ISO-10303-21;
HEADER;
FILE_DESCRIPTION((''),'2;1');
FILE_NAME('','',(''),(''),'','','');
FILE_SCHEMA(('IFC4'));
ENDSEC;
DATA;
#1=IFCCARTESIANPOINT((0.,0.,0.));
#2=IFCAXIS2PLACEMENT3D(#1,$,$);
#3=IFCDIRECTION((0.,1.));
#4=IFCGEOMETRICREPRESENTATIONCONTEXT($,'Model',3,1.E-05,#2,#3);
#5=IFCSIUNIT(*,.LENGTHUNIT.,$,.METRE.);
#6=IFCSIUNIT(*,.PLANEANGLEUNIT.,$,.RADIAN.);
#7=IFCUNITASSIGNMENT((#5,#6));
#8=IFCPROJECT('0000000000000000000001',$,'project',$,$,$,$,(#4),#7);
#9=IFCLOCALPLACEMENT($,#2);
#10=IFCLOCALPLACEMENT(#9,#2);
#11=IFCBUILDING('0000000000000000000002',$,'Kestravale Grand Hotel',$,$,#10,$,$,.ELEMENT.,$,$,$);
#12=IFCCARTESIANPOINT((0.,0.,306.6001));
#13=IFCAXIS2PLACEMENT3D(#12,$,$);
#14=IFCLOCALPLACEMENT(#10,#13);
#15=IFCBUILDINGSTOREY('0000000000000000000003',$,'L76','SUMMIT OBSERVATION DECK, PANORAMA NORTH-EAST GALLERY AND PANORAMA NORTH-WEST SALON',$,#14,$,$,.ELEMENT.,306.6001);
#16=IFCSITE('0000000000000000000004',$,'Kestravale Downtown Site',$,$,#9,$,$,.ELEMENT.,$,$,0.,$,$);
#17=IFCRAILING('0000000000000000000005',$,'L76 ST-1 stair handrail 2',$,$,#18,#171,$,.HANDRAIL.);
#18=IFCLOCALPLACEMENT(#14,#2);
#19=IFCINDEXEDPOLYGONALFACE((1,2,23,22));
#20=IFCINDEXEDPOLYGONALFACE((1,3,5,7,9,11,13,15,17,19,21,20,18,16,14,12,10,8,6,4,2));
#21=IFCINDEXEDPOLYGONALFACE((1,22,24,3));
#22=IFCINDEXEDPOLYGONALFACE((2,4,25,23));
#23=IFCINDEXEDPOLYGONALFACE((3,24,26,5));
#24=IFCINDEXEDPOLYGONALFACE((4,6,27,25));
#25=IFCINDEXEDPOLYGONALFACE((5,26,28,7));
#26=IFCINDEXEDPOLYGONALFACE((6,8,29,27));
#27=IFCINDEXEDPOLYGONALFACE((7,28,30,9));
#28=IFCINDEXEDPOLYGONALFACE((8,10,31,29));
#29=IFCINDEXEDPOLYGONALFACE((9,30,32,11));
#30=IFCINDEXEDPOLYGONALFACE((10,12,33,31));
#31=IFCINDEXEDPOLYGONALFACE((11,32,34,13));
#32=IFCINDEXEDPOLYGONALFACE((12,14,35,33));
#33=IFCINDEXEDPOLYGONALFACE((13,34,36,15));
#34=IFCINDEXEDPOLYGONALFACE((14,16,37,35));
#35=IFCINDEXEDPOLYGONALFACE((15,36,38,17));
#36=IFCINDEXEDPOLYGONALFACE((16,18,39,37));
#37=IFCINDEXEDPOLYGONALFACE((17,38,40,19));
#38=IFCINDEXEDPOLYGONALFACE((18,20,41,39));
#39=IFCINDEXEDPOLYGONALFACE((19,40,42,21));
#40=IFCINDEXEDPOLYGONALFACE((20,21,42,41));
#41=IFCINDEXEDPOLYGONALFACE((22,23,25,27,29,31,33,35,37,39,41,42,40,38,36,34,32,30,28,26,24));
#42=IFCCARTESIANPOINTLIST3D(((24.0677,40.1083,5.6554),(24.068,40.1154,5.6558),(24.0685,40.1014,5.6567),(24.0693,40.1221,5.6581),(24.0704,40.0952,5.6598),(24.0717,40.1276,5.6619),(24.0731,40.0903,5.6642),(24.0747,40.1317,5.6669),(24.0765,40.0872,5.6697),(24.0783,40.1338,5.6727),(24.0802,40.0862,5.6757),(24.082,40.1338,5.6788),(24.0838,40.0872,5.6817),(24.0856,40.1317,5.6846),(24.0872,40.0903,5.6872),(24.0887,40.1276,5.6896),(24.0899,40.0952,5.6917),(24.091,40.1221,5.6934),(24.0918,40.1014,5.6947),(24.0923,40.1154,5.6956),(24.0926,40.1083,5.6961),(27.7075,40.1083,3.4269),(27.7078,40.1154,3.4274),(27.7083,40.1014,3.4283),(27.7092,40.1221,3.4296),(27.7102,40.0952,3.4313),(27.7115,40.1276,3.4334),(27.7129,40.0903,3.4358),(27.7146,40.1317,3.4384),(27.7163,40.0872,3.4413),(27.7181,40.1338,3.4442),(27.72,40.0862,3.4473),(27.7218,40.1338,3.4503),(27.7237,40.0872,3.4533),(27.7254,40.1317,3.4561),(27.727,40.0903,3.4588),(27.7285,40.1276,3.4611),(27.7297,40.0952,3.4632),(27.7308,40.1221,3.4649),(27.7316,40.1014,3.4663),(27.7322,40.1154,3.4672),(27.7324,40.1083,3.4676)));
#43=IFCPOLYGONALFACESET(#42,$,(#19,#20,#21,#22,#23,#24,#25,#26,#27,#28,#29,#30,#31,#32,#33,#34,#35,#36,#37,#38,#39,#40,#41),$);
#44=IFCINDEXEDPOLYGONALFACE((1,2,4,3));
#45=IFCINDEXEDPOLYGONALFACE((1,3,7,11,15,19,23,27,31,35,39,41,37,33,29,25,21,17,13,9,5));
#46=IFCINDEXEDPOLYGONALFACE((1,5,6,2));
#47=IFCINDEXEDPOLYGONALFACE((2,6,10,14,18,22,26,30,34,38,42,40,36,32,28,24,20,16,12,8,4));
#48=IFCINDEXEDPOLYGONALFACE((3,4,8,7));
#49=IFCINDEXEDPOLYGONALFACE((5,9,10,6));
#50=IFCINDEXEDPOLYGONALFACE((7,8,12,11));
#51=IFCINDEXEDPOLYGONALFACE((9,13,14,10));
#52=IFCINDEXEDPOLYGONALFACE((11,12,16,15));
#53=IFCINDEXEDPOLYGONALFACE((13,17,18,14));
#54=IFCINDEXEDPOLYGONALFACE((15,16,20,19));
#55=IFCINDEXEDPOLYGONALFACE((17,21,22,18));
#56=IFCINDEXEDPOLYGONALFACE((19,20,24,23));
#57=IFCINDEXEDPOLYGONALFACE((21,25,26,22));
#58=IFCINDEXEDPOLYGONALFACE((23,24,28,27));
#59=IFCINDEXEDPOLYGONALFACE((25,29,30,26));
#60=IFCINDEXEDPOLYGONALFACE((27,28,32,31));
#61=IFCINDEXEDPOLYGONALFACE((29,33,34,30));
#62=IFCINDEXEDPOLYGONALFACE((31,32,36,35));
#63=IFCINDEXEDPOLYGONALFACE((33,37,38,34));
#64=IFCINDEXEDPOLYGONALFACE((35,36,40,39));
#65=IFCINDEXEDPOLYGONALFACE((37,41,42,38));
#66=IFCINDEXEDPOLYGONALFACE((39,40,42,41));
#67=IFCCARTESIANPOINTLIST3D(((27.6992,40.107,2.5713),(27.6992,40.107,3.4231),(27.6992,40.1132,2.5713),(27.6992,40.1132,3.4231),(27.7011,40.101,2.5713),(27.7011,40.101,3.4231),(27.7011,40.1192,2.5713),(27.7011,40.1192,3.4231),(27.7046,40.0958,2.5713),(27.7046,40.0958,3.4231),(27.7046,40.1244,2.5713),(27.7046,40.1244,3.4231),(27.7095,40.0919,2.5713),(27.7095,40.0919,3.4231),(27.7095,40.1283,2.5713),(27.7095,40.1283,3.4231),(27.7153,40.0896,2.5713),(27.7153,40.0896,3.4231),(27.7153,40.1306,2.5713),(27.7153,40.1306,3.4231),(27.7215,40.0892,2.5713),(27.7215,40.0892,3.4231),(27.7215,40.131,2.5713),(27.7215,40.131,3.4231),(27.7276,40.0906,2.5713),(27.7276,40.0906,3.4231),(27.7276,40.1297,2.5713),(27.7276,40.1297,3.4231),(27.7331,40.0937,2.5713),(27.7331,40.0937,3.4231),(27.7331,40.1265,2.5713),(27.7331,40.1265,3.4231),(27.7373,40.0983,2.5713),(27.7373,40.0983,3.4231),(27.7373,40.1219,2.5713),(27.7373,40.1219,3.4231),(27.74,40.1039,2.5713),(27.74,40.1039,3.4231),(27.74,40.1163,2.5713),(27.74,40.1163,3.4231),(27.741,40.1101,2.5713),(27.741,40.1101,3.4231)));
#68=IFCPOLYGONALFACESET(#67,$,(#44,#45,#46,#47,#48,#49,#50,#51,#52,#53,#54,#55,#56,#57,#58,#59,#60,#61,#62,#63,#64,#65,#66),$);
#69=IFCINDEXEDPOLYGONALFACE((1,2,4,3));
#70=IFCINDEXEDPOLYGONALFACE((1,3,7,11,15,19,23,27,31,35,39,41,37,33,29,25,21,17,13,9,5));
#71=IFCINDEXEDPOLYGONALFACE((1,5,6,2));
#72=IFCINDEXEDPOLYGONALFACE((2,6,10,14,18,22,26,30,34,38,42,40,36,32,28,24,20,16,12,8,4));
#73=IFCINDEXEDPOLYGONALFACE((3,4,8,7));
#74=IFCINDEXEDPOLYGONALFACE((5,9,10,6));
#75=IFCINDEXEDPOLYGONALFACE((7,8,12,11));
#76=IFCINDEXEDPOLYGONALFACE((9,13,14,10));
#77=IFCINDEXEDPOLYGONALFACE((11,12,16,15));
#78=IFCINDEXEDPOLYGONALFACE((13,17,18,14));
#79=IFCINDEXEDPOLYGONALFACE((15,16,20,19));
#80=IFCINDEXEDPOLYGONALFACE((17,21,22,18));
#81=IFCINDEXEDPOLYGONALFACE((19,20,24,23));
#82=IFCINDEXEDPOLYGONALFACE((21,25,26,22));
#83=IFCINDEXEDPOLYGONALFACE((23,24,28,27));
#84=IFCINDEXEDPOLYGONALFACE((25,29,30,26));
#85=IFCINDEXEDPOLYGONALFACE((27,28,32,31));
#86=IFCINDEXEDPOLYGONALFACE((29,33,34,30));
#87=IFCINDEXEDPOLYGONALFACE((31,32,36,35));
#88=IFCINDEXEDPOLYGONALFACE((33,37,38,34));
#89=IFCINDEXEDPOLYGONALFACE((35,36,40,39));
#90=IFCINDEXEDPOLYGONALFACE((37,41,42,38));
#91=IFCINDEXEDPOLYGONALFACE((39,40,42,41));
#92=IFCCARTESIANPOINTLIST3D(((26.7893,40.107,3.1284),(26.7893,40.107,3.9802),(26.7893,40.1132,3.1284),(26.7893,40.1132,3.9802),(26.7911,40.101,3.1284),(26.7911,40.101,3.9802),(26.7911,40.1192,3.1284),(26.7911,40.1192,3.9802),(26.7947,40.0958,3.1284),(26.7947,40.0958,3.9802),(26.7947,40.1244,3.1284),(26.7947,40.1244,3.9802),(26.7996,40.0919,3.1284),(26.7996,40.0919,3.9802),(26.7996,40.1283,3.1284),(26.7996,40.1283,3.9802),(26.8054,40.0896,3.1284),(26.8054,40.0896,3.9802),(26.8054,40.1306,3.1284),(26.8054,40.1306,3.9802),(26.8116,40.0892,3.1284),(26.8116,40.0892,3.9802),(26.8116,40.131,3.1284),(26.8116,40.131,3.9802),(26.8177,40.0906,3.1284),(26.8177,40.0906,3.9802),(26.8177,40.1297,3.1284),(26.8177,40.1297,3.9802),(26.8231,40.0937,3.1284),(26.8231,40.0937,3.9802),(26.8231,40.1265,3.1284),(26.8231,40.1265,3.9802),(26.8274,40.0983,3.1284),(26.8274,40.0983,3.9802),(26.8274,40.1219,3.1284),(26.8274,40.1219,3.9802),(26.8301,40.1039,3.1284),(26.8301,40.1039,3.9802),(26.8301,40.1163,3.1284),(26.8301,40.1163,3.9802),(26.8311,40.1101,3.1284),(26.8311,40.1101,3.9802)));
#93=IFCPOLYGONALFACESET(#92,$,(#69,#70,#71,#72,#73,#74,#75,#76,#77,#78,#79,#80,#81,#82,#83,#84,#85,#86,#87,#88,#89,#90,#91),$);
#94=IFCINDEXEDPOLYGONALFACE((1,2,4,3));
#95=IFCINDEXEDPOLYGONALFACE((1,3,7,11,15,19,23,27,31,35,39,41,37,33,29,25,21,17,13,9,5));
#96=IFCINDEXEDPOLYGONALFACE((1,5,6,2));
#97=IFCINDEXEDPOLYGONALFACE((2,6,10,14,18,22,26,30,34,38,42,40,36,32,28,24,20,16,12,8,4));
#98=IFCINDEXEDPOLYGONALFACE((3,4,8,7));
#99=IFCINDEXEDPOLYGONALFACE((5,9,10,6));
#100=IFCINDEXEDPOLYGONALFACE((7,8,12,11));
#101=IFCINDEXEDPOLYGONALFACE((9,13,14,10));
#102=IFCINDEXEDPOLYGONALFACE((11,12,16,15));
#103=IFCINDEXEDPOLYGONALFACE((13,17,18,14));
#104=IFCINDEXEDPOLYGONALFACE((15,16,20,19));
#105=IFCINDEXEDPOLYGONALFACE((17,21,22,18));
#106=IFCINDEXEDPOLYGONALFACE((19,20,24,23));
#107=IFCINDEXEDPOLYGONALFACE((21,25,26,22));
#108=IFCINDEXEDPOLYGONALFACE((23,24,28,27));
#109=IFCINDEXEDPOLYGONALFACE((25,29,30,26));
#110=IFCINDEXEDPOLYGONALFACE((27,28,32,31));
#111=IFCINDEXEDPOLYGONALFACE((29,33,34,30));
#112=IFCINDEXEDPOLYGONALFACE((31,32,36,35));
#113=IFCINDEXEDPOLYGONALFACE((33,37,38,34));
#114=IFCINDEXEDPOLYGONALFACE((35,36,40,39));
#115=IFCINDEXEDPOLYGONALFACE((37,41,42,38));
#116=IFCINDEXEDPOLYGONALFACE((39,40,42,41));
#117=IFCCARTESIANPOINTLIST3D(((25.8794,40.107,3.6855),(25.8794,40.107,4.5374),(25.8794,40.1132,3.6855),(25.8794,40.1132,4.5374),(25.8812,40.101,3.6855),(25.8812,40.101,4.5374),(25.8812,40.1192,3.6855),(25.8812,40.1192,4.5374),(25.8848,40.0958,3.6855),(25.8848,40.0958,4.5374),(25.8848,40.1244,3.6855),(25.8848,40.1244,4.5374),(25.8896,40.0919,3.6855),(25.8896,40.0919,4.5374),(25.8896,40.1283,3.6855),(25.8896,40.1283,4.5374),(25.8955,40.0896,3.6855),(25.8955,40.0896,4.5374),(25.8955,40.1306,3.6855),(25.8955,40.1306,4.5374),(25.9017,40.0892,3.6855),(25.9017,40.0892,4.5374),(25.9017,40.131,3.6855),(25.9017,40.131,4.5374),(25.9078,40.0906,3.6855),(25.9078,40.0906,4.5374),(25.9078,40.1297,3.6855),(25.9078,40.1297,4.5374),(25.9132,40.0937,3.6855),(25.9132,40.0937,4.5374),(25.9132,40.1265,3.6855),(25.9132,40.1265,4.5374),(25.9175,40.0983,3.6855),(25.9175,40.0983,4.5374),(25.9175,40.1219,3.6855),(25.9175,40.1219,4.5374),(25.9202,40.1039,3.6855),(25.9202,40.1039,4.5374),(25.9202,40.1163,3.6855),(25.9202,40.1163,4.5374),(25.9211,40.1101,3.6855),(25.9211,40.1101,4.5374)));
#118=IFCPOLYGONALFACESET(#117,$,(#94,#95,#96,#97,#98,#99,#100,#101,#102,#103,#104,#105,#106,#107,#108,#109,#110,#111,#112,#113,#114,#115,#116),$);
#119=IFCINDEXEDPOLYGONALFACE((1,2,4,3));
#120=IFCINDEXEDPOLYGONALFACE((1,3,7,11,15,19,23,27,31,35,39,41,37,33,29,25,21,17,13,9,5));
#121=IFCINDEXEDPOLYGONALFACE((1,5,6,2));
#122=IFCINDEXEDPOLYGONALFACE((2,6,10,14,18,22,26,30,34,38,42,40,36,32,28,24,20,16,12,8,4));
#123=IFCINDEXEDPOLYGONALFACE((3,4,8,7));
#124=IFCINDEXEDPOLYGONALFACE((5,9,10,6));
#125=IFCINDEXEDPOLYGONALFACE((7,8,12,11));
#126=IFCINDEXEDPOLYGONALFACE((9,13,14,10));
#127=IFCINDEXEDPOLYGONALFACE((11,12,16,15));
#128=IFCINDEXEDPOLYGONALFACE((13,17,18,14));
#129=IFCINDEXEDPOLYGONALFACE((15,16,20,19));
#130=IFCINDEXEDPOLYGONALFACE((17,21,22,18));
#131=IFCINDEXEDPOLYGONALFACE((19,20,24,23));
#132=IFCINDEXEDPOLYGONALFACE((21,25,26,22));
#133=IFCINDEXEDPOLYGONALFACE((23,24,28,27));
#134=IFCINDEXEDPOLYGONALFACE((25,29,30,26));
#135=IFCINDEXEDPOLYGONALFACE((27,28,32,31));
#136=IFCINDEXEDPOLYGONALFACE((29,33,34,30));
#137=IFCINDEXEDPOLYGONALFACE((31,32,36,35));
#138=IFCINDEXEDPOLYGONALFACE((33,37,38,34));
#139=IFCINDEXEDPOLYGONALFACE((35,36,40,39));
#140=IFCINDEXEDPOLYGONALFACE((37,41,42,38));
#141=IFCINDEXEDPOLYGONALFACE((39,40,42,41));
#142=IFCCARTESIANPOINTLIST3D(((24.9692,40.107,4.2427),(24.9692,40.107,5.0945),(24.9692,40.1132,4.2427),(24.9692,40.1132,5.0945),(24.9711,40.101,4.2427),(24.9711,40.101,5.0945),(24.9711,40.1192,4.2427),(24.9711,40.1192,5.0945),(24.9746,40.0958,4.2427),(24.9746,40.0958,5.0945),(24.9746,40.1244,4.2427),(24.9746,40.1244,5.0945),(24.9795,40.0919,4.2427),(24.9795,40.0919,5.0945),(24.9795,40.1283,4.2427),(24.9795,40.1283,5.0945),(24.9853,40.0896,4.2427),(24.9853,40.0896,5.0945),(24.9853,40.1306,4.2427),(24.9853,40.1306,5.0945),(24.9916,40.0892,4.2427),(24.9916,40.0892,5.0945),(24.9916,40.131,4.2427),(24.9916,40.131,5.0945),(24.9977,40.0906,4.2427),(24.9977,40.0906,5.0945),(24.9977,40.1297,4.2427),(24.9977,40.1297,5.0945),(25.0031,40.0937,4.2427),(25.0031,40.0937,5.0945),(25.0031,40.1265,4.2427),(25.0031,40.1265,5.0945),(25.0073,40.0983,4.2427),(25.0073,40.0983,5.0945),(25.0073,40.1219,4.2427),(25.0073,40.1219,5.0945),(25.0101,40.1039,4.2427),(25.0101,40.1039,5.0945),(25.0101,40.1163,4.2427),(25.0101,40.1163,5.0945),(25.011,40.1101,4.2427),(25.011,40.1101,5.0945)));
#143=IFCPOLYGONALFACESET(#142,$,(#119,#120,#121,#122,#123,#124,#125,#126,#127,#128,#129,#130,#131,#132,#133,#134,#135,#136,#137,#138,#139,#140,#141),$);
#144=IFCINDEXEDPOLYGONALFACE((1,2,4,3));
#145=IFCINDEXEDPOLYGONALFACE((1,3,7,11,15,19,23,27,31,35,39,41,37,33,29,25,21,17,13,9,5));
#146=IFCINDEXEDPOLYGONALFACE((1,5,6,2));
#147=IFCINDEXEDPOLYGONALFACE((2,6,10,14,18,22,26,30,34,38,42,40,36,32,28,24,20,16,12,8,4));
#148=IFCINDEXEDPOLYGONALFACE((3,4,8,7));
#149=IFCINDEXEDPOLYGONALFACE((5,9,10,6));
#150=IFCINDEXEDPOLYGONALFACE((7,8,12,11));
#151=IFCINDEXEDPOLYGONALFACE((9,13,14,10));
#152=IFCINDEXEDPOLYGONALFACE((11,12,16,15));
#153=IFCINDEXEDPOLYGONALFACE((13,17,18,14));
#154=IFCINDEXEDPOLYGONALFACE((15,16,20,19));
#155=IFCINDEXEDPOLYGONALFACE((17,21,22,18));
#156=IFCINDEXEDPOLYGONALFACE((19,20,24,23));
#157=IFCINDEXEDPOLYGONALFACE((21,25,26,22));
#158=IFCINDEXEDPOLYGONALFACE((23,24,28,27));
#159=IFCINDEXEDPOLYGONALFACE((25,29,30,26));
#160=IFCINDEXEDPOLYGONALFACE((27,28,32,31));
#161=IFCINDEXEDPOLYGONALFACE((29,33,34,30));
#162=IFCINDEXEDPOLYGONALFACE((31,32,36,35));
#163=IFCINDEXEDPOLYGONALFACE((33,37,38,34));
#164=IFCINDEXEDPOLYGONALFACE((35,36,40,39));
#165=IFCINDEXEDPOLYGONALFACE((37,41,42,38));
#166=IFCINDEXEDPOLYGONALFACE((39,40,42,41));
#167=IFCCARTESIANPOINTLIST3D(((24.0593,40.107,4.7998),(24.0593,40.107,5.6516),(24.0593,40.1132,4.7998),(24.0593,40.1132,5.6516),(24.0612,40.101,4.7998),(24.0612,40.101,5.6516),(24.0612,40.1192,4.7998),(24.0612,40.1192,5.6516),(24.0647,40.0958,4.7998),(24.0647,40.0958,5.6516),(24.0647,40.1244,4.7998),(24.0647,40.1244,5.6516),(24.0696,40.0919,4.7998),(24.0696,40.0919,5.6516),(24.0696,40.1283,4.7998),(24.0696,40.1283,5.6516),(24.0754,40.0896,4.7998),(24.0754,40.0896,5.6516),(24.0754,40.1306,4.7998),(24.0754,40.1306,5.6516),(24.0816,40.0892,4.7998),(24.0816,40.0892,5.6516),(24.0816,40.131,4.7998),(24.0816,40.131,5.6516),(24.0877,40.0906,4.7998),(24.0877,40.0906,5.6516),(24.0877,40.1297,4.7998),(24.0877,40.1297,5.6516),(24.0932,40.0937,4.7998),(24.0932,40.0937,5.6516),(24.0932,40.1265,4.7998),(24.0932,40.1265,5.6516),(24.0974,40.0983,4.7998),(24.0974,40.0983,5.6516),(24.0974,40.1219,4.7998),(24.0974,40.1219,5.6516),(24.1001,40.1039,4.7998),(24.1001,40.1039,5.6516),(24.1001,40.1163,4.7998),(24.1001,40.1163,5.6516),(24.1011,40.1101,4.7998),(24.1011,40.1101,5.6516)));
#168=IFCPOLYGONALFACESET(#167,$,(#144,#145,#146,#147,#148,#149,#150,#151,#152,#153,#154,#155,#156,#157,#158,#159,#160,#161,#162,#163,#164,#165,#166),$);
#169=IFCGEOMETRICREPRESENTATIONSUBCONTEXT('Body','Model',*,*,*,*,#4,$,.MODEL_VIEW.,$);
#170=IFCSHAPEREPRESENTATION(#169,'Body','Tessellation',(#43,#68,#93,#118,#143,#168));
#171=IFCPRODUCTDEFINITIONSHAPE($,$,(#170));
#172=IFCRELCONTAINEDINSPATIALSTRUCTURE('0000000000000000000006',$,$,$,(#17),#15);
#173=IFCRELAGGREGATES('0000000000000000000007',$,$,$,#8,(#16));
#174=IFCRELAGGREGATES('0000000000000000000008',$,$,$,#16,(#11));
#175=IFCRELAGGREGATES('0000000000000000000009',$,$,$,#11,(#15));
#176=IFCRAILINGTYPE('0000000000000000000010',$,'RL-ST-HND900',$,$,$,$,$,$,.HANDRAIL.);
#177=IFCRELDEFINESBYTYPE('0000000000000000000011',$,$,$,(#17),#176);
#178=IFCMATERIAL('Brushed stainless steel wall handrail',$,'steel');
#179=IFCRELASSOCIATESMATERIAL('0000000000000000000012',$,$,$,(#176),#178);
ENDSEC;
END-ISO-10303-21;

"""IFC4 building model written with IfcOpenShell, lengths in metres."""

from ifc_helpers import new_model, si_unit, direction, frame, origin, origin_2d, place, context, subcontext, project, spatial, circle, extrude, material, type_object, element, save


model = new_model("IFC4")

# Units and contexts
model_context = context("Model", 3, precision=1e-05, world=origin(), true_north=direction((0.0, 1.0)))
body_context = subcontext(model_context, "Body", "Model", "MODEL_VIEW")
ifc_project = project(units=[si_unit("LENGTHUNIT", "METRE"), si_unit("PLANEANGLEUNIT", "RADIAN")], contexts=[model_context])

# Site, building, storey
site_placement = place(None, origin())
site = spatial("IfcSite", under=ifc_project, at=site_placement, Name="Kestravale Downtown Site", CompositionType="ELEMENT", RefElevation=0.0)
building_placement = place(site_placement, origin())
building = spatial("IfcBuilding", under=site, at=building_placement, Name="Kestravale Grand Hotel", CompositionType="ELEMENT")
storey_placement = place(building_placement, frame((0.0, 0.0, 306.6001)))
storey = spatial("IfcBuildingStorey", under=building, at=storey_placement, Name="L76", Description="SUMMIT OBSERVATION DECK, PANORAMA NORTH-EAST GALLERY AND PANORAMA NORTH-WEST SALON", CompositionType="ELEMENT", Elevation=306.6001)

# Railing
ifc_material_1 = material(Name="Brushed stainless steel wall handrail", Category="steel")
railing_type_1 = type_object("IfcRailingType", Name="RL-ST-HND900", PredefinedType="HANDRAIL", material=ifc_material_1)
railing_1_placement = place(storey_placement, frame((27.72, 40.1101, 2.5713)))
element("IfcRailing", 1, at=railing_1_placement, inside=storey, type_object=railing_type_1, Name="L76 ST-1 stair handrail 2", PredefinedType="HANDRAIL", context=body_context, shape_type="SweptSolid", body=[
    extrude(circle(Radius=0.0239, at=origin_2d()), frame((0.0, 0.0, 0.876), z_axis=(-0.85285, 0.0, 0.522156), x_axis=(0.0, -1.0, 0.0)), (0.0, 0.0, 1.0), 4.2678),
    extrude(circle(Radius=0.021, at=origin_2d()), origin(), (0.0, 0.0, 1.0), 0.8518),
    extrude(circle(Radius=0.021, at=origin_2d()), frame((-0.9099, 0.0, 0.5571)), (0.0, 0.0, 1.0), 0.8518),
    extrude(circle(Radius=0.021, at=origin_2d()), frame((-1.8198, 0.0, 1.1143)), (0.0, 0.0, 1.0), 0.8518),
    extrude(circle(Radius=0.021, at=origin_2d()), frame((-2.73, 0.0, 1.6714)), (0.0, 0.0, 1.0), 0.8518),
    extrude(circle(Radius=0.021, at=origin_2d()), frame((-3.6399, 0.0, 2.2285)), (0.0, 0.0, 1.0), 0.8518),
])

save(model, "model.ifc")
